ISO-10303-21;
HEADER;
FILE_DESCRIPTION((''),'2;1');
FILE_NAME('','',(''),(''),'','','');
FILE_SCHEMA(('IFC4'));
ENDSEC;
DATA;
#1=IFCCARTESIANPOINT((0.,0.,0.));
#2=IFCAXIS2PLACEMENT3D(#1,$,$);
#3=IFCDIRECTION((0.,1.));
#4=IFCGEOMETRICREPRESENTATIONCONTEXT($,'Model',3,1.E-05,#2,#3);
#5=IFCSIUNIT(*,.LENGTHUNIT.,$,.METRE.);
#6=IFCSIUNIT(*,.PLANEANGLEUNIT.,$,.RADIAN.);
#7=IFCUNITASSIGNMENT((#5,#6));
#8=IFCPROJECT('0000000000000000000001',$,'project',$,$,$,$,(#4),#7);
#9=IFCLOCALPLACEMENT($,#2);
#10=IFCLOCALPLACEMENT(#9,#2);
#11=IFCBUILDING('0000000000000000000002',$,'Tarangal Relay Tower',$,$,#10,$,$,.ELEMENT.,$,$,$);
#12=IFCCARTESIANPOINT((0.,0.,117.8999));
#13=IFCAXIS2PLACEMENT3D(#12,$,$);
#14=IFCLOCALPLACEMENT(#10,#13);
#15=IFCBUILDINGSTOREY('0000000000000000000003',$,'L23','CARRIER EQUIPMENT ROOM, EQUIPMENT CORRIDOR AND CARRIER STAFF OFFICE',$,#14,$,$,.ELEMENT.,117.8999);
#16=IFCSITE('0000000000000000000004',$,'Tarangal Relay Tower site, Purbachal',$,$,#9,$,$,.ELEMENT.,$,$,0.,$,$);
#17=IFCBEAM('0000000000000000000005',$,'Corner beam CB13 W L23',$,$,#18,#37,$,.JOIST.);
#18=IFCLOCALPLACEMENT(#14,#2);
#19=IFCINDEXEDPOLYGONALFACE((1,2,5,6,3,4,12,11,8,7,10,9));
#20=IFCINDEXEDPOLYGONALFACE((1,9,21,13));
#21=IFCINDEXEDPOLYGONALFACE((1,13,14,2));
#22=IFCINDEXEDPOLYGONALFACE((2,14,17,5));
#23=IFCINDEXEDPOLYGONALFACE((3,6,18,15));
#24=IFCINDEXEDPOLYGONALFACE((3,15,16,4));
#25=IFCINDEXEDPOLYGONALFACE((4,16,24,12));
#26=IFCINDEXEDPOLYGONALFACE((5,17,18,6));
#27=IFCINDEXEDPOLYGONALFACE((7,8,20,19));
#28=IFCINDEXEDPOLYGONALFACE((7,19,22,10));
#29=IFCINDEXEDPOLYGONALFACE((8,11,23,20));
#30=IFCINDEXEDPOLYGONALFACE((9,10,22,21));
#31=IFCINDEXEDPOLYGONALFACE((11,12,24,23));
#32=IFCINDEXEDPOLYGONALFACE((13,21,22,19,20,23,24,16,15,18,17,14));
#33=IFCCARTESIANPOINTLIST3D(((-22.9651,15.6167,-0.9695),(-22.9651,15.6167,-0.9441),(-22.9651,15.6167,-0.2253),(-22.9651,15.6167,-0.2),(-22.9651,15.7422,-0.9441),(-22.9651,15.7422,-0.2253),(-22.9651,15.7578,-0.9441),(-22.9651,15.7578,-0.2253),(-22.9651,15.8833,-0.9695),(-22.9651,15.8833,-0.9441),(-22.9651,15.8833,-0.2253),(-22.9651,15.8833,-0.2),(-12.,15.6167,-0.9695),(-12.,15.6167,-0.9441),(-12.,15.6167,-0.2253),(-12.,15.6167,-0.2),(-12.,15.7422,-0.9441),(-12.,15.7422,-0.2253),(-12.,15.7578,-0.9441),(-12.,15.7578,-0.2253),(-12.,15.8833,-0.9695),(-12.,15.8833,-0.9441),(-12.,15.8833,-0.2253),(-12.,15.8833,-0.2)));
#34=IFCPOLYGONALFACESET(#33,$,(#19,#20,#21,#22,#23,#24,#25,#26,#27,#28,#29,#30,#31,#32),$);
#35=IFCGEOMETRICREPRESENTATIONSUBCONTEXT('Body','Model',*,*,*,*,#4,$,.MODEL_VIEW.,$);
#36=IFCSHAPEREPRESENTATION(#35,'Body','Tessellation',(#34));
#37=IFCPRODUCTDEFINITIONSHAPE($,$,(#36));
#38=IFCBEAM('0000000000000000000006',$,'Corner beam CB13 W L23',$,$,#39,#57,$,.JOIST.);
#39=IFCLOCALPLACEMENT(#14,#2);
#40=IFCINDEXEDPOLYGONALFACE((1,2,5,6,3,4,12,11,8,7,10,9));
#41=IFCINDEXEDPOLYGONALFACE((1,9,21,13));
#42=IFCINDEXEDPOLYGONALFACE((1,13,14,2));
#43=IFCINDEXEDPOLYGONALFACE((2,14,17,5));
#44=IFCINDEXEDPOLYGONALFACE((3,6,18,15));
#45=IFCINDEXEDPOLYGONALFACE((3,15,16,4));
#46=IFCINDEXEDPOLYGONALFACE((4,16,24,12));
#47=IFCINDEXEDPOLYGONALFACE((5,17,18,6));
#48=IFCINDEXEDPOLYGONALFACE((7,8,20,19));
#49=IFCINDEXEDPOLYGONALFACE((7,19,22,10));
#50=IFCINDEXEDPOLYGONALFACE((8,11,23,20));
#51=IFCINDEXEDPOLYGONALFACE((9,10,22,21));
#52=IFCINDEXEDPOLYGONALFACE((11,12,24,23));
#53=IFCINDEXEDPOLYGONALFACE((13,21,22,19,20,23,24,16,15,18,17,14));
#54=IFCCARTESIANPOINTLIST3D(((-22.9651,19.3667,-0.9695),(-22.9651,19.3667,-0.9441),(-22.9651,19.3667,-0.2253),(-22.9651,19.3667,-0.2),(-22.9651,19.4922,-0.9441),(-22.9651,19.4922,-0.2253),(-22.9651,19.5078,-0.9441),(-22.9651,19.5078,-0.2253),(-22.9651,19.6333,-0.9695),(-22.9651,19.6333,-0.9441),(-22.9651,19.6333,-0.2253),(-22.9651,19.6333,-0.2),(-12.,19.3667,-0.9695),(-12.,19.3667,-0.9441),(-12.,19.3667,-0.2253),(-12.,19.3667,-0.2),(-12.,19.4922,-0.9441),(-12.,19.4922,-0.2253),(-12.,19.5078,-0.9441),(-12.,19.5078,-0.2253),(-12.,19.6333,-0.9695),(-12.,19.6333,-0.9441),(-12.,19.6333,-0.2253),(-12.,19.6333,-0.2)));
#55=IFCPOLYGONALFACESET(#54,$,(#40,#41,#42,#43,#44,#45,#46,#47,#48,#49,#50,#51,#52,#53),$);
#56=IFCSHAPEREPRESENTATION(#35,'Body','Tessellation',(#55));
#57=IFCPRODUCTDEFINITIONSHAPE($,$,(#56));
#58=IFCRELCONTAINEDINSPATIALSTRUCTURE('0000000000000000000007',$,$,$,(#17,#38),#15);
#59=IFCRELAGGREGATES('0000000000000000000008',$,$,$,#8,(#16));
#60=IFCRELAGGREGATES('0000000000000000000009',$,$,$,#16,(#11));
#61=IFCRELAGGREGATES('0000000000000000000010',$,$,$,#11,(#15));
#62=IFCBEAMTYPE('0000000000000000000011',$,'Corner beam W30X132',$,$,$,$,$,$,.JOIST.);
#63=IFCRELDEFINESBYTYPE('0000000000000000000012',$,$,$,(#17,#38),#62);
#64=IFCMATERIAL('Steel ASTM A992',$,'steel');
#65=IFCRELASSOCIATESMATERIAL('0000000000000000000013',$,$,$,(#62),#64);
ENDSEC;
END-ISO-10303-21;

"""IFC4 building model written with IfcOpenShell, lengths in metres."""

from ifc_helpers import new_model, si_unit, direction, frame, origin, origin_2d, place, context, subcontext, project, spatial, i_section, extrude, material, material_profile, profile_set, type_object, element, save


model = new_model("IFC4")

# Units and contexts
model_context = context("Model", 3, precision=1e-05, world=origin(), true_north=direction((0.0, 1.0)))
body_context = subcontext(model_context, "Body", "Model", "MODEL_VIEW")
ifc_project = project(units=[si_unit("LENGTHUNIT", "METRE"), si_unit("PLANEANGLEUNIT", "RADIAN")], contexts=[model_context])

# Site, building, storey
site_placement = place(None, origin())
site = spatial("IfcSite", under=ifc_project, at=site_placement, Name="Tarangal Relay Tower site, Purbachal", CompositionType="ELEMENT", RefElevation=0.0)
building_placement = place(site_placement, origin())
building = spatial("IfcBuilding", under=site, at=building_placement, Name="Tarangal Relay Tower", CompositionType="ELEMENT")
storey_placement = place(building_placement, frame((0.0, 0.0, 117.8999)))
storey = spatial("IfcBuildingStorey", under=building, at=storey_placement, Name="L23", Description="CARRIER EQUIPMENT ROOM, EQUIPMENT CORRIDOR AND CARRIER STAFF OFFICE", CompositionType="ELEMENT", Elevation=117.8999)

# Beams
ifc_material_1 = material(Name="Steel ASTM A992", Category="steel")
ifc_material_profile = material_profile(ifc_material_1, i_section(OverallWidth=0.2666, OverallDepth=0.7695, WebThickness=0.0156, FlangeThickness=0.0254, at=origin_2d()), Name="W30X132")
ifc_profile_set = profile_set([ifc_material_profile], Name="Steel ASTM A992")
beam_type = type_object("IfcBeamType", Name="Corner beam W30X132", PredefinedType="JOIST", material=ifc_profile_set)
for number, where, z_axis, x_axis, name in (
    (1, (-12.0, 15.75, -0.5847), (-1.0, 0.0, 0.0), (0.0, -1.0, 0.0), "Corner beam CB13 W L23"),
    (2, (-12.0, 19.5, -0.5847), (-1.0, 0.0, 0.0), (0.0, -1.0, 0.0), "Corner beam CB13 W L23"),
):
    element("IfcBeam", number, at=place(storey_placement, frame(where, z_axis=z_axis, x_axis=x_axis)), inside=storey, type_object=beam_type, Name=name, PredefinedType="JOIST", context=body_context, shape_type="SweptSolid", body=[
        extrude(i_section(OverallWidth=0.2666, OverallDepth=0.7695, WebThickness=0.0156, FlangeThickness=0.0254, at=origin_2d()), origin(), (0.0, 0.0, 1.0), 10.9651),
    ])

save(model, "model.ifc")
